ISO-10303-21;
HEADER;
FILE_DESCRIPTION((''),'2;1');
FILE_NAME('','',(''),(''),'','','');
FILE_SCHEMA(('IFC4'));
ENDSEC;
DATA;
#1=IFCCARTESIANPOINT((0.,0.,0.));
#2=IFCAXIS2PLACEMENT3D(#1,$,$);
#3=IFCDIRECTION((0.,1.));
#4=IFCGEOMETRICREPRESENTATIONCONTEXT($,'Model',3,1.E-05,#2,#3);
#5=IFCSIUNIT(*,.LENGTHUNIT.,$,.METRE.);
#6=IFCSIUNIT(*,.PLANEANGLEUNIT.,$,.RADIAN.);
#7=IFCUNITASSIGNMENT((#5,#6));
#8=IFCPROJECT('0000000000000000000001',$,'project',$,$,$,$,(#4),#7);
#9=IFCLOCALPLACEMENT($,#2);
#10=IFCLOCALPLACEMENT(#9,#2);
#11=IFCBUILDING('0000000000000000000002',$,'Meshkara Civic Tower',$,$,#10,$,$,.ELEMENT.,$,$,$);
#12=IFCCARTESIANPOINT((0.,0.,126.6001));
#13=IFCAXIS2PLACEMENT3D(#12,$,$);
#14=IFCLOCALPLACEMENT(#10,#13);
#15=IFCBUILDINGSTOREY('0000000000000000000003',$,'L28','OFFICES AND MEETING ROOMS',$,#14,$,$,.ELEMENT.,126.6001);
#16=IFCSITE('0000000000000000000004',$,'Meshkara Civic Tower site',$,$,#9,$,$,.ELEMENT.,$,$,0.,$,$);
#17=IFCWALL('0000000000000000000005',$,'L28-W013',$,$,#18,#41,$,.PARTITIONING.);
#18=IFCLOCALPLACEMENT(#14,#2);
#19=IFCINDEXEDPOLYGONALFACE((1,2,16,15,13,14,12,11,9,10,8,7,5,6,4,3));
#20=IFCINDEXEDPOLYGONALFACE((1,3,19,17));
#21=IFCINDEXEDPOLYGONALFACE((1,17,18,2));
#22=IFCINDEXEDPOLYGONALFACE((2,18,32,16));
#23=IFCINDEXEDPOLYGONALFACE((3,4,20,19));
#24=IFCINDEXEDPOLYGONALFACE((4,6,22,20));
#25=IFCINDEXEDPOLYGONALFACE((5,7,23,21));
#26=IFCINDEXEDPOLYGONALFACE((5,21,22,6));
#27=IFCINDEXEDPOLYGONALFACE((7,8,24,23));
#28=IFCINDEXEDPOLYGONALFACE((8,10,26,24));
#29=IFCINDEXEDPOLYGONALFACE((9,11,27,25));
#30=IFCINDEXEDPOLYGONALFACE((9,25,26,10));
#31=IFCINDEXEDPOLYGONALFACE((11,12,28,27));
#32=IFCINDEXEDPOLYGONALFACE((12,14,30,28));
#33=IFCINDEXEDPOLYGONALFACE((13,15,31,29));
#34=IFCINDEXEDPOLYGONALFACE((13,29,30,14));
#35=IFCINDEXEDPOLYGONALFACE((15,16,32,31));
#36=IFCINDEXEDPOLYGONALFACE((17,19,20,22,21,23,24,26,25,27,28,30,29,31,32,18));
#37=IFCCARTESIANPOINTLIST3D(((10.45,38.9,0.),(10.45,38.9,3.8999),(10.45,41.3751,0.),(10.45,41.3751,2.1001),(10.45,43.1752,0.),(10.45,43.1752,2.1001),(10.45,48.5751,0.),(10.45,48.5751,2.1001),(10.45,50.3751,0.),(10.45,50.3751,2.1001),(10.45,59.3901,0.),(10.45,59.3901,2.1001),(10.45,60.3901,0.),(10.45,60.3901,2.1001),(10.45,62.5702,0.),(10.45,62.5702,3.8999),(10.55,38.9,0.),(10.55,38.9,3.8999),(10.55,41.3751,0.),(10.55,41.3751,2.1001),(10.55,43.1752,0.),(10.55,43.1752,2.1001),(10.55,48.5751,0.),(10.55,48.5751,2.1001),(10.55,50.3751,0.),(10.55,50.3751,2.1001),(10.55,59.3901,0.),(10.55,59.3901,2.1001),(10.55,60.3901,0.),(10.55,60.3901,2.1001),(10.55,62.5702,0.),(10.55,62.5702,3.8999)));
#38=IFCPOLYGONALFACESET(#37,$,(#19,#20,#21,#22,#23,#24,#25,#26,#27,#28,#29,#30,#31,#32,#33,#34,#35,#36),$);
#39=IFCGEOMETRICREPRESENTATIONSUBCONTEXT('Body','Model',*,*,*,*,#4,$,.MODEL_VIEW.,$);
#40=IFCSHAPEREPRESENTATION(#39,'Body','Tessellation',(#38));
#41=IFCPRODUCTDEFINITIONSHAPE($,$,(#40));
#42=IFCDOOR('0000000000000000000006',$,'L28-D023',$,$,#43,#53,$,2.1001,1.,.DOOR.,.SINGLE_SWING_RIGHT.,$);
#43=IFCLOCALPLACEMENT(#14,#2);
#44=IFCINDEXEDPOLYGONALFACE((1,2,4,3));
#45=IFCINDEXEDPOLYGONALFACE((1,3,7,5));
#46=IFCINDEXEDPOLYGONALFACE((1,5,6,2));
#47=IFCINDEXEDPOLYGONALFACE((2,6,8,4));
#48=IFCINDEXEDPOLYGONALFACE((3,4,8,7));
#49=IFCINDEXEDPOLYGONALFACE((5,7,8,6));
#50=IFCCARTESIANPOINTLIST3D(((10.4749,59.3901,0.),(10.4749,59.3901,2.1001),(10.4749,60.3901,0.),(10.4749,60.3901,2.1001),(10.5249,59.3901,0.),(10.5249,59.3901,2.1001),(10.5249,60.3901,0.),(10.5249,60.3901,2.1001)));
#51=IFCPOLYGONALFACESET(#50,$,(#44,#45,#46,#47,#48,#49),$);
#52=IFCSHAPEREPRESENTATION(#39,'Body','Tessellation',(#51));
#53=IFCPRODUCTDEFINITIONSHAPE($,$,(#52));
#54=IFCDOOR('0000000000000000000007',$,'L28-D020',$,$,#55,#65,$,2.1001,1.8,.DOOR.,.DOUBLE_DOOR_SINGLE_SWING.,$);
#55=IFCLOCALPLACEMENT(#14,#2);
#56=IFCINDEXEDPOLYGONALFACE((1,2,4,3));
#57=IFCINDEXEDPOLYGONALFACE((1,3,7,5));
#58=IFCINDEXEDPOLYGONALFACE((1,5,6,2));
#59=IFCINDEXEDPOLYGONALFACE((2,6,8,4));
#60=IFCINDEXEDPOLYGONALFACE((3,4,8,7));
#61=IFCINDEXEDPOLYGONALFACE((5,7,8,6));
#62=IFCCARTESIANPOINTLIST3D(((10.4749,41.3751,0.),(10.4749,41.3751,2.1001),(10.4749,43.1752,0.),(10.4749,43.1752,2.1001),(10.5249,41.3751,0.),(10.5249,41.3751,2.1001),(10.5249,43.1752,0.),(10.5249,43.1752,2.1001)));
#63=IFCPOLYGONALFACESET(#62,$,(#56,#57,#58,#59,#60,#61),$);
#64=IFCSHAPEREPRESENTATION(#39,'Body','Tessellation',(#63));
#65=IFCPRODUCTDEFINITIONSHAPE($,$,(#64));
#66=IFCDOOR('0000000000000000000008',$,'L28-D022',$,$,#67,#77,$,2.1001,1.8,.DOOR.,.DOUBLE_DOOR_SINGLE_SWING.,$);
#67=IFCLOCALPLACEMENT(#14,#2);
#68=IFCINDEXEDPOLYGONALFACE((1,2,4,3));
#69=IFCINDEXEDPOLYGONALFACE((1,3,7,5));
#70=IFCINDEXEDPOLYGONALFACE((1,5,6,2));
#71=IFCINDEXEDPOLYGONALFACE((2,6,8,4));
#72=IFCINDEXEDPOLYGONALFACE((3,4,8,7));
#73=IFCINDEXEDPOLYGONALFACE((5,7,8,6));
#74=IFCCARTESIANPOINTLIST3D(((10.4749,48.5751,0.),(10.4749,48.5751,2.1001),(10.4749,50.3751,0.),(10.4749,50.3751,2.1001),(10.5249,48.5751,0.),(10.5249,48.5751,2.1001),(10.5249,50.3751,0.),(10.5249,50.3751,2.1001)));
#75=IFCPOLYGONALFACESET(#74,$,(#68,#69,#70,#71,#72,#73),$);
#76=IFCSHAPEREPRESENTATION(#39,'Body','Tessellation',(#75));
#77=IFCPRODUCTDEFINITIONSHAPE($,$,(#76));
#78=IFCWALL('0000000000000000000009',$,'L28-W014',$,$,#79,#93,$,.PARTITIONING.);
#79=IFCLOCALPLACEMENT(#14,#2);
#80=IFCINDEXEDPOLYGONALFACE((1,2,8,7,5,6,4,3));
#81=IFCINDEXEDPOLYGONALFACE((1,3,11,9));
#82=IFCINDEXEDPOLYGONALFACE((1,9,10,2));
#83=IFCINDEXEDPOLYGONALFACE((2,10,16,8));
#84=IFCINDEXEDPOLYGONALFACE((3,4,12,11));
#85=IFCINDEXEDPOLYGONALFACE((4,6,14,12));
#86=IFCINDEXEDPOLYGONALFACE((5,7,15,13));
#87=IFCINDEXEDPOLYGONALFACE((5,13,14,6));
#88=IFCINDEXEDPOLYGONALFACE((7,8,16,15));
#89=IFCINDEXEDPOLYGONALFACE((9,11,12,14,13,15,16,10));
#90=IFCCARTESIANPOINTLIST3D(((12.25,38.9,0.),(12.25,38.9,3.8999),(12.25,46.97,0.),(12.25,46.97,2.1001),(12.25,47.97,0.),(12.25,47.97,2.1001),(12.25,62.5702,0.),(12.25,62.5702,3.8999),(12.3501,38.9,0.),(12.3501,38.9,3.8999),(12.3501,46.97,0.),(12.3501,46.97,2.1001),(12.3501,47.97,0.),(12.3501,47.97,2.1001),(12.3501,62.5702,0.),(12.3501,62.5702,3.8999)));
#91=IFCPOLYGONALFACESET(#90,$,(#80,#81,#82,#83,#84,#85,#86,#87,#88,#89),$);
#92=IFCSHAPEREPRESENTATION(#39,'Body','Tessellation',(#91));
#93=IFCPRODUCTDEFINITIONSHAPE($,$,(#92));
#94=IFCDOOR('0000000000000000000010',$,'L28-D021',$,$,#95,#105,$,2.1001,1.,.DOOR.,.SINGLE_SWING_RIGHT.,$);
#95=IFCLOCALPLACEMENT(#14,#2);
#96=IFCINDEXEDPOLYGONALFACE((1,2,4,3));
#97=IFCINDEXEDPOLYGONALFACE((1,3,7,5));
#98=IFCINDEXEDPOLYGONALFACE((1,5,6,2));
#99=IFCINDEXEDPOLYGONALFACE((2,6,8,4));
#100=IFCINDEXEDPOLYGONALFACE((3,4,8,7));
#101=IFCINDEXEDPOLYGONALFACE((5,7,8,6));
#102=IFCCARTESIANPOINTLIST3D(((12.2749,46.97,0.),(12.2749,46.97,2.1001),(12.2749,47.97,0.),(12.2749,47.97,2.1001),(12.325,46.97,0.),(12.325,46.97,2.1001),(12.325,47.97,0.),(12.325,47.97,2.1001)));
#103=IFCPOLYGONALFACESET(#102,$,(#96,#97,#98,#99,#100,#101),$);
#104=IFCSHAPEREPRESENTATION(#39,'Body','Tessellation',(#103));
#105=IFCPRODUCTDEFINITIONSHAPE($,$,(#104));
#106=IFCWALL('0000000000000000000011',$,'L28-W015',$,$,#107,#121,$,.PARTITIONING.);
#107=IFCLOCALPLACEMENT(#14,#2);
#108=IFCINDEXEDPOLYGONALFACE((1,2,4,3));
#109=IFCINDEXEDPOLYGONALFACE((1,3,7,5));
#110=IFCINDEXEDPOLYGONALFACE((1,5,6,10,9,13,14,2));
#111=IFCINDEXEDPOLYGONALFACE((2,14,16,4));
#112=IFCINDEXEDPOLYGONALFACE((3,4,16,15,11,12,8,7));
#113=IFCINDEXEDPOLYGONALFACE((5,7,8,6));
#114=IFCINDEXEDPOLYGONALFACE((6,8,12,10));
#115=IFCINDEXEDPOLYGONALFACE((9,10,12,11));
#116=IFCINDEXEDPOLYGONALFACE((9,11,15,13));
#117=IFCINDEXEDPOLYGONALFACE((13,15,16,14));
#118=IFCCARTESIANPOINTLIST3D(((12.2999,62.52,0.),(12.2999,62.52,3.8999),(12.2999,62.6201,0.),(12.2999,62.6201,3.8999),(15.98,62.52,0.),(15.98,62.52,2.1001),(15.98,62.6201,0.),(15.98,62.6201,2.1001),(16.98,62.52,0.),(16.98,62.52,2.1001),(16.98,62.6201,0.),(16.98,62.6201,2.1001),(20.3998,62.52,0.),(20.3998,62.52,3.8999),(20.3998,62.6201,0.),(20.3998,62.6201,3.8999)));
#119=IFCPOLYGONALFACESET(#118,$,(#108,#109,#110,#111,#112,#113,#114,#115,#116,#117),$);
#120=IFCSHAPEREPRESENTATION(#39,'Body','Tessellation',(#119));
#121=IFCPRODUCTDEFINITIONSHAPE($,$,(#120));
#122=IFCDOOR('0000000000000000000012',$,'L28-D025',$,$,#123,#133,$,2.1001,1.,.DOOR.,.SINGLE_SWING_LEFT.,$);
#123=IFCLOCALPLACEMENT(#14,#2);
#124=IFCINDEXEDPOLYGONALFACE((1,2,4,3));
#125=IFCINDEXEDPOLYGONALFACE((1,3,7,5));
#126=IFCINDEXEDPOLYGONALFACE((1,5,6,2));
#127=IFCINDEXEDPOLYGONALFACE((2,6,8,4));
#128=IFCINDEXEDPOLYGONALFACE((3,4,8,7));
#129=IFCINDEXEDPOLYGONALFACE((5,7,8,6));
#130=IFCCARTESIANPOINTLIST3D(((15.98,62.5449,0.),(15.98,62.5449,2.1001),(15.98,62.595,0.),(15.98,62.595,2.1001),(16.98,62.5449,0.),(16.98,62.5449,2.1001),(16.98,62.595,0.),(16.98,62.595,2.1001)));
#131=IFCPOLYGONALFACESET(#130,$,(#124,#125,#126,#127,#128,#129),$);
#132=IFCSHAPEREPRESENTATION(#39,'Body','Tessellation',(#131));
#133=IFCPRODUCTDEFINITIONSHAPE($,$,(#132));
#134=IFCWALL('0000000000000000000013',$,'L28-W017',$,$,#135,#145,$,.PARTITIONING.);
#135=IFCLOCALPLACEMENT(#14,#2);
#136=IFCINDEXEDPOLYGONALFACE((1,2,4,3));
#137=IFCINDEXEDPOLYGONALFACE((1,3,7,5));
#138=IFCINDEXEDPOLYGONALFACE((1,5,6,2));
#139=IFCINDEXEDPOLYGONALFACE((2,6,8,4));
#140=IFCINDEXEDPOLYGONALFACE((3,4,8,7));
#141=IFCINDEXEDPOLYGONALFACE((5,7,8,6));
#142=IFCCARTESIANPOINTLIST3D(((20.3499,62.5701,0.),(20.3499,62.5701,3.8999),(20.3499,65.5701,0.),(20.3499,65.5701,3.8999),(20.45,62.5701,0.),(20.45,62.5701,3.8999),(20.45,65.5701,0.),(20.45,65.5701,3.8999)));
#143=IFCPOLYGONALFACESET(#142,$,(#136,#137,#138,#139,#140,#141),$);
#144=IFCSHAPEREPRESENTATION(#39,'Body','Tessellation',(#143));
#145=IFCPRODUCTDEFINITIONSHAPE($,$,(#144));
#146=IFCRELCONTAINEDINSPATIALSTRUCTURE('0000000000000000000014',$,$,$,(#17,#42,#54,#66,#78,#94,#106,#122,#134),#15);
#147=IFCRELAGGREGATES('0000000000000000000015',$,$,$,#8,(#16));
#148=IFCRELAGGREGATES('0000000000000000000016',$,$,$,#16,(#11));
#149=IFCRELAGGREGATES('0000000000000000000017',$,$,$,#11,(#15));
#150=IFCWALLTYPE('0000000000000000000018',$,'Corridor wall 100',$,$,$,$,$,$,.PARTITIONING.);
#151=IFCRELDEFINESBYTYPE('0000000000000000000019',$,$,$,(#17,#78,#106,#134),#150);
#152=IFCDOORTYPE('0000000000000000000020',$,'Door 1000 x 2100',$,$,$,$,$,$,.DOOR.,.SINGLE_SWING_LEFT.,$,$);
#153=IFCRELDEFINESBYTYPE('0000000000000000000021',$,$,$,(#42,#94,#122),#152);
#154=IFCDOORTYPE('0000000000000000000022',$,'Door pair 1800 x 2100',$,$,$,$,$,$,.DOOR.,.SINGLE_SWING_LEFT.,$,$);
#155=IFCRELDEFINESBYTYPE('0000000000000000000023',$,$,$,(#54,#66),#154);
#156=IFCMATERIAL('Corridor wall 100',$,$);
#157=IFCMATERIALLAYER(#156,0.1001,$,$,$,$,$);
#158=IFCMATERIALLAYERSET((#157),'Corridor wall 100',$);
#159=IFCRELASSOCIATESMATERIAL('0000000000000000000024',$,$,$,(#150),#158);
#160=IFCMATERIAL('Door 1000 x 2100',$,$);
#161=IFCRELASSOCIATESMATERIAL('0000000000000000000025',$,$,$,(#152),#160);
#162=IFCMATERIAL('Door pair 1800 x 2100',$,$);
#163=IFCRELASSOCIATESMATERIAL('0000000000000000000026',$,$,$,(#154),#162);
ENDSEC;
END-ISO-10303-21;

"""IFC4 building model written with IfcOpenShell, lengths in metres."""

from ifc_helpers import new_model, si_unit, direction, frame, frame_2d, origin, place, context, subcontext, project, spatial, rectangle, extrude, material, layer, layer_set, type_object, element, fill, save


model = new_model("IFC4")

# Units and contexts
model_context = context("Model", 3, precision=1e-05, world=origin(), true_north=direction((0.0, 1.0)))
body_context = subcontext(model_context, "Body", "Model", "MODEL_VIEW")
ifc_project = project(units=[si_unit("LENGTHUNIT", "METRE"), si_unit("PLANEANGLEUNIT", "RADIAN")], contexts=[model_context])

# Site, building, storey
site_placement = place(None, origin())
site = spatial("IfcSite", under=ifc_project, at=site_placement, Name="Meshkara Civic Tower site", CompositionType="ELEMENT", RefElevation=0.0)
building_placement = place(site_placement, origin())
building = spatial("IfcBuilding", under=site, at=building_placement, Name="Meshkara Civic Tower", CompositionType="ELEMENT")
storey_placement = place(building_placement, frame((0.0, 0.0, 126.6001)))
storey = spatial("IfcBuildingStorey", under=building, at=storey_placement, Name="L28", Description="OFFICES AND MEETING ROOMS", CompositionType="ELEMENT", Elevation=126.6001)

# Shared definitions
ifc_material_1 = material(Name="Corridor wall 100")
ifc_layer_1 = layer(ifc_material_1, 0.1001)
ifc_layer_set_1 = layer_set([ifc_layer_1], Name="Corridor wall 100")
wall_type_1 = type_object("IfcWallType", Name="Corridor wall 100", PredefinedType="PARTITIONING", material=ifc_layer_set_1)

# Wall, openings, doors
wall_1_placement = place(storey_placement, frame((10.5, 62.5701, 0.0), z_axis=(0.0, 0.0, 1.0), x_axis=(0.0, -1.0, 0.0)))
wall_1 = element("IfcWall", 1, at=wall_1_placement, inside=storey, type_object=wall_type_1, Name="L28-W013", PredefinedType="PARTITIONING", context=body_context, shape_type="SweptSolid", body=[
    extrude(rectangle(XDim=23.6702, YDim=0.1001, at=frame_2d((11.835, 0.0))), origin(), (0.0, 0.0, 1.0), 3.8999),
])
opening_1_placement = place(wall_1_placement, frame((19.395, 0.0, 0.0)))
opening_1 = element("IfcOpeningElement", 2, at=opening_1_placement, cuts=wall_1, PredefinedType="OPENING", context=body_context, shape_type="SweptSolid", body=[
    extrude(rectangle(XDim=1.8, YDim=2.1001, at=frame_2d((0.8999, 1.05))), frame((0.0, 0.0601, 0.0), z_axis=(0.0, -1.0, 0.0), x_axis=(1.0, 0.0, 0.0)), (0.0, 0.0, 1.0), 0.1201),
])
opening_2_placement = place(wall_1_placement, frame((12.1951, 0.0, 0.0)))
opening_2 = element("IfcOpeningElement", 3, at=opening_2_placement, cuts=wall_1, PredefinedType="OPENING", context=body_context, shape_type="SweptSolid", body=[
    extrude(rectangle(XDim=1.8, YDim=2.1001, at=frame_2d((0.8999, 1.05))), frame((0.0, 0.0601, 0.0), z_axis=(0.0, -1.0, 0.0), x_axis=(1.0, 0.0, 0.0)), (0.0, 0.0, 1.0), 0.1201),
])
opening_3_placement = place(wall_1_placement, frame((2.1799, 0.0, 0.0)))
opening_3 = element("IfcOpeningElement", 4, at=opening_3_placement, cuts=wall_1, PredefinedType="OPENING", context=body_context, shape_type="SweptSolid", body=[
    extrude(rectangle(XDim=1.0, YDim=2.1001, at=frame_2d((0.5, 1.05))), frame((0.0, 0.0601, 0.0), z_axis=(0.0, -1.0, 0.0), x_axis=(1.0, 0.0, 0.0)), (0.0, 0.0, 1.0), 0.1201),
])
ifc_material_2 = material(Name="Door 1000 x 2100")
door_type_1 = type_object("IfcDoorType", Name="Door 1000 x 2100", OperationType="SINGLE_SWING_LEFT", PredefinedType="DOOR", material=ifc_material_2)
door_1_placement = place(opening_3_placement, origin())
door_1 = element("IfcDoor", 5, at=door_1_placement, inside=storey, type_object=door_type_1, Name="L28-D023", OperationType="SINGLE_SWING_RIGHT", OverallHeight=2.1001, OverallWidth=1.0, PredefinedType="DOOR", context=body_context, shape_type="SweptSolid", body=[
    extrude(rectangle(XDim=1.0, YDim=2.1001, at=frame_2d((0.5, 1.05))), frame((0.0, 0.0249, 0.0), z_axis=(0.0, -1.0, 0.0), x_axis=(1.0, 0.0, 0.0)), (0.0, 0.0, 1.0), 0.05),
])
fill(opening_3, door_1)
ifc_material_3 = material(Name="Door pair 1800 x 2100")
door_type_2 = type_object("IfcDoorType", Name="Door pair 1800 x 2100", OperationType="SINGLE_SWING_LEFT", PredefinedType="DOOR", material=ifc_material_3)
door_2_placement = place(opening_1_placement, origin())
door_2 = element("IfcDoor", 6, at=door_2_placement, inside=storey, type_object=door_type_2, Name="L28-D020", OperationType="DOUBLE_DOOR_SINGLE_SWING", OverallHeight=2.1001, OverallWidth=1.8, PredefinedType="DOOR", context=body_context, shape_type="SweptSolid", body=[
    extrude(rectangle(XDim=1.8, YDim=2.1001, at=frame_2d((0.8999, 1.05))), frame((0.0, 0.0249, 0.0), z_axis=(0.0, -1.0, 0.0), x_axis=(1.0, 0.0, 0.0)), (0.0, 0.0, 1.0), 0.05),
])
fill(opening_1, door_2)
door_3_placement = place(opening_2_placement, origin())
door_3 = element("IfcDoor", 7, at=door_3_placement, inside=storey, type_object=door_type_2, Name="L28-D022", OperationType="DOUBLE_DOOR_SINGLE_SWING", OverallHeight=2.1001, OverallWidth=1.8, PredefinedType="DOOR", context=body_context, shape_type="SweptSolid", body=[
    extrude(rectangle(XDim=1.8, YDim=2.1001, at=frame_2d((0.8999, 1.05))), frame((0.0, 0.0249, 0.0), z_axis=(0.0, -1.0, 0.0), x_axis=(1.0, 0.0, 0.0)), (0.0, 0.0, 1.0), 0.05),
])
fill(opening_2, door_3)

# Walls, openings, doors
wall_2_placement = place(storey_placement, frame((12.3, 62.5701, 0.0), z_axis=(0.0, 0.0, 1.0), x_axis=(0.0, -1.0, 0.0)))
wall_2 = element("IfcWall", 8, at=wall_2_placement, inside=storey, type_object=wall_type_1, Name="L28-W014", PredefinedType="PARTITIONING", context=body_context, shape_type="SweptSolid", body=[
    extrude(rectangle(XDim=23.6702, YDim=0.1001, at=frame_2d((11.835, 0.0))), origin(), (0.0, 0.0, 1.0), 3.8999),
])
opening_4_placement = place(wall_2_placement, frame((14.6001, 0.0, 0.0)))
opening_4 = element("IfcOpeningElement", 9, at=opening_4_placement, cuts=wall_2, PredefinedType="OPENING", context=body_context, shape_type="SweptSolid", body=[
    extrude(rectangle(XDim=1.0, YDim=2.1001, at=frame_2d((0.5, 1.05))), frame((0.0, 0.0601, 0.0), z_axis=(0.0, -1.0, 0.0), x_axis=(1.0, 0.0, 0.0)), (0.0, 0.0, 1.0), 0.1201),
])
door_4_placement = place(opening_4_placement, origin())
door_4 = element("IfcDoor", 10, at=door_4_placement, inside=storey, type_object=door_type_1, Name="L28-D021", OperationType="SINGLE_SWING_RIGHT", OverallHeight=2.1001, OverallWidth=1.0, PredefinedType="DOOR", context=body_context, shape_type="SweptSolid", body=[
    extrude(rectangle(XDim=1.0, YDim=2.1001, at=frame_2d((0.5, 1.05))), frame((0.0, 0.0249, 0.0), z_axis=(0.0, -1.0, 0.0), x_axis=(1.0, 0.0, 0.0)), (0.0, 0.0, 1.0), 0.05),
])
fill(opening_4, door_4)
wall_3_placement = place(storey_placement, frame((12.3, 62.5701, 0.0), z_axis=(0.0, 0.0, 1.0), x_axis=(1.0, 0.0, 0.0)))
wall_3 = element("IfcWall", 11, at=wall_3_placement, inside=storey, type_object=wall_type_1, Name="L28-W015", PredefinedType="PARTITIONING", context=body_context, shape_type="SweptSolid", body=[
    extrude(rectangle(XDim=8.0999, YDim=0.1001, at=frame_2d((4.0498, 0.0))), origin(), (0.0, 0.0, 1.0), 3.8999),
])
opening_5_placement = place(wall_3_placement, frame((3.6799, 0.0, 0.0)))
opening_5 = element("IfcOpeningElement", 12, at=opening_5_placement, cuts=wall_3, PredefinedType="OPENING", context=body_context, shape_type="SweptSolid", body=[
    extrude(rectangle(XDim=1.0, YDim=2.1001, at=frame_2d((0.5, 1.05))), frame((0.0, 0.0601, 0.0), z_axis=(0.0, -1.0, 0.0), x_axis=(1.0, 0.0, 0.0)), (0.0, 0.0, 1.0), 0.1201),
])
door_5_placement = place(opening_5_placement, origin())
door_5 = element("IfcDoor", 13, at=door_5_placement, inside=storey, type_object=door_type_1, Name="L28-D025", OperationType="SINGLE_SWING_LEFT", OverallHeight=2.1001, OverallWidth=1.0, PredefinedType="DOOR", context=body_context, shape_type="SweptSolid", body=[
    extrude(rectangle(XDim=1.0, YDim=2.1001, at=frame_2d((0.5, 1.05))), frame((0.0, 0.0249, 0.0), z_axis=(0.0, -1.0, 0.0), x_axis=(1.0, 0.0, 0.0)), (0.0, 0.0, 1.0), 0.05),
])
fill(opening_5, door_5)

# Wall
wall_4_placement = place(storey_placement, frame((20.3999, 62.5701, 0.0), z_axis=(0.0, 0.0, 1.0), x_axis=(0.0, 1.0, 0.0)))
element("IfcWall", 14, at=wall_4_placement, inside=storey, type_object=wall_type_1, Name="L28-W017", PredefinedType="PARTITIONING", context=body_context, shape_type="SweptSolid", body=[
    extrude(rectangle(XDim=3.0, YDim=0.1001, at=frame_2d((1.5, 0.0))), origin(), (0.0, 0.0, 1.0), 3.8999),
])

save(model, "model.ifc")
